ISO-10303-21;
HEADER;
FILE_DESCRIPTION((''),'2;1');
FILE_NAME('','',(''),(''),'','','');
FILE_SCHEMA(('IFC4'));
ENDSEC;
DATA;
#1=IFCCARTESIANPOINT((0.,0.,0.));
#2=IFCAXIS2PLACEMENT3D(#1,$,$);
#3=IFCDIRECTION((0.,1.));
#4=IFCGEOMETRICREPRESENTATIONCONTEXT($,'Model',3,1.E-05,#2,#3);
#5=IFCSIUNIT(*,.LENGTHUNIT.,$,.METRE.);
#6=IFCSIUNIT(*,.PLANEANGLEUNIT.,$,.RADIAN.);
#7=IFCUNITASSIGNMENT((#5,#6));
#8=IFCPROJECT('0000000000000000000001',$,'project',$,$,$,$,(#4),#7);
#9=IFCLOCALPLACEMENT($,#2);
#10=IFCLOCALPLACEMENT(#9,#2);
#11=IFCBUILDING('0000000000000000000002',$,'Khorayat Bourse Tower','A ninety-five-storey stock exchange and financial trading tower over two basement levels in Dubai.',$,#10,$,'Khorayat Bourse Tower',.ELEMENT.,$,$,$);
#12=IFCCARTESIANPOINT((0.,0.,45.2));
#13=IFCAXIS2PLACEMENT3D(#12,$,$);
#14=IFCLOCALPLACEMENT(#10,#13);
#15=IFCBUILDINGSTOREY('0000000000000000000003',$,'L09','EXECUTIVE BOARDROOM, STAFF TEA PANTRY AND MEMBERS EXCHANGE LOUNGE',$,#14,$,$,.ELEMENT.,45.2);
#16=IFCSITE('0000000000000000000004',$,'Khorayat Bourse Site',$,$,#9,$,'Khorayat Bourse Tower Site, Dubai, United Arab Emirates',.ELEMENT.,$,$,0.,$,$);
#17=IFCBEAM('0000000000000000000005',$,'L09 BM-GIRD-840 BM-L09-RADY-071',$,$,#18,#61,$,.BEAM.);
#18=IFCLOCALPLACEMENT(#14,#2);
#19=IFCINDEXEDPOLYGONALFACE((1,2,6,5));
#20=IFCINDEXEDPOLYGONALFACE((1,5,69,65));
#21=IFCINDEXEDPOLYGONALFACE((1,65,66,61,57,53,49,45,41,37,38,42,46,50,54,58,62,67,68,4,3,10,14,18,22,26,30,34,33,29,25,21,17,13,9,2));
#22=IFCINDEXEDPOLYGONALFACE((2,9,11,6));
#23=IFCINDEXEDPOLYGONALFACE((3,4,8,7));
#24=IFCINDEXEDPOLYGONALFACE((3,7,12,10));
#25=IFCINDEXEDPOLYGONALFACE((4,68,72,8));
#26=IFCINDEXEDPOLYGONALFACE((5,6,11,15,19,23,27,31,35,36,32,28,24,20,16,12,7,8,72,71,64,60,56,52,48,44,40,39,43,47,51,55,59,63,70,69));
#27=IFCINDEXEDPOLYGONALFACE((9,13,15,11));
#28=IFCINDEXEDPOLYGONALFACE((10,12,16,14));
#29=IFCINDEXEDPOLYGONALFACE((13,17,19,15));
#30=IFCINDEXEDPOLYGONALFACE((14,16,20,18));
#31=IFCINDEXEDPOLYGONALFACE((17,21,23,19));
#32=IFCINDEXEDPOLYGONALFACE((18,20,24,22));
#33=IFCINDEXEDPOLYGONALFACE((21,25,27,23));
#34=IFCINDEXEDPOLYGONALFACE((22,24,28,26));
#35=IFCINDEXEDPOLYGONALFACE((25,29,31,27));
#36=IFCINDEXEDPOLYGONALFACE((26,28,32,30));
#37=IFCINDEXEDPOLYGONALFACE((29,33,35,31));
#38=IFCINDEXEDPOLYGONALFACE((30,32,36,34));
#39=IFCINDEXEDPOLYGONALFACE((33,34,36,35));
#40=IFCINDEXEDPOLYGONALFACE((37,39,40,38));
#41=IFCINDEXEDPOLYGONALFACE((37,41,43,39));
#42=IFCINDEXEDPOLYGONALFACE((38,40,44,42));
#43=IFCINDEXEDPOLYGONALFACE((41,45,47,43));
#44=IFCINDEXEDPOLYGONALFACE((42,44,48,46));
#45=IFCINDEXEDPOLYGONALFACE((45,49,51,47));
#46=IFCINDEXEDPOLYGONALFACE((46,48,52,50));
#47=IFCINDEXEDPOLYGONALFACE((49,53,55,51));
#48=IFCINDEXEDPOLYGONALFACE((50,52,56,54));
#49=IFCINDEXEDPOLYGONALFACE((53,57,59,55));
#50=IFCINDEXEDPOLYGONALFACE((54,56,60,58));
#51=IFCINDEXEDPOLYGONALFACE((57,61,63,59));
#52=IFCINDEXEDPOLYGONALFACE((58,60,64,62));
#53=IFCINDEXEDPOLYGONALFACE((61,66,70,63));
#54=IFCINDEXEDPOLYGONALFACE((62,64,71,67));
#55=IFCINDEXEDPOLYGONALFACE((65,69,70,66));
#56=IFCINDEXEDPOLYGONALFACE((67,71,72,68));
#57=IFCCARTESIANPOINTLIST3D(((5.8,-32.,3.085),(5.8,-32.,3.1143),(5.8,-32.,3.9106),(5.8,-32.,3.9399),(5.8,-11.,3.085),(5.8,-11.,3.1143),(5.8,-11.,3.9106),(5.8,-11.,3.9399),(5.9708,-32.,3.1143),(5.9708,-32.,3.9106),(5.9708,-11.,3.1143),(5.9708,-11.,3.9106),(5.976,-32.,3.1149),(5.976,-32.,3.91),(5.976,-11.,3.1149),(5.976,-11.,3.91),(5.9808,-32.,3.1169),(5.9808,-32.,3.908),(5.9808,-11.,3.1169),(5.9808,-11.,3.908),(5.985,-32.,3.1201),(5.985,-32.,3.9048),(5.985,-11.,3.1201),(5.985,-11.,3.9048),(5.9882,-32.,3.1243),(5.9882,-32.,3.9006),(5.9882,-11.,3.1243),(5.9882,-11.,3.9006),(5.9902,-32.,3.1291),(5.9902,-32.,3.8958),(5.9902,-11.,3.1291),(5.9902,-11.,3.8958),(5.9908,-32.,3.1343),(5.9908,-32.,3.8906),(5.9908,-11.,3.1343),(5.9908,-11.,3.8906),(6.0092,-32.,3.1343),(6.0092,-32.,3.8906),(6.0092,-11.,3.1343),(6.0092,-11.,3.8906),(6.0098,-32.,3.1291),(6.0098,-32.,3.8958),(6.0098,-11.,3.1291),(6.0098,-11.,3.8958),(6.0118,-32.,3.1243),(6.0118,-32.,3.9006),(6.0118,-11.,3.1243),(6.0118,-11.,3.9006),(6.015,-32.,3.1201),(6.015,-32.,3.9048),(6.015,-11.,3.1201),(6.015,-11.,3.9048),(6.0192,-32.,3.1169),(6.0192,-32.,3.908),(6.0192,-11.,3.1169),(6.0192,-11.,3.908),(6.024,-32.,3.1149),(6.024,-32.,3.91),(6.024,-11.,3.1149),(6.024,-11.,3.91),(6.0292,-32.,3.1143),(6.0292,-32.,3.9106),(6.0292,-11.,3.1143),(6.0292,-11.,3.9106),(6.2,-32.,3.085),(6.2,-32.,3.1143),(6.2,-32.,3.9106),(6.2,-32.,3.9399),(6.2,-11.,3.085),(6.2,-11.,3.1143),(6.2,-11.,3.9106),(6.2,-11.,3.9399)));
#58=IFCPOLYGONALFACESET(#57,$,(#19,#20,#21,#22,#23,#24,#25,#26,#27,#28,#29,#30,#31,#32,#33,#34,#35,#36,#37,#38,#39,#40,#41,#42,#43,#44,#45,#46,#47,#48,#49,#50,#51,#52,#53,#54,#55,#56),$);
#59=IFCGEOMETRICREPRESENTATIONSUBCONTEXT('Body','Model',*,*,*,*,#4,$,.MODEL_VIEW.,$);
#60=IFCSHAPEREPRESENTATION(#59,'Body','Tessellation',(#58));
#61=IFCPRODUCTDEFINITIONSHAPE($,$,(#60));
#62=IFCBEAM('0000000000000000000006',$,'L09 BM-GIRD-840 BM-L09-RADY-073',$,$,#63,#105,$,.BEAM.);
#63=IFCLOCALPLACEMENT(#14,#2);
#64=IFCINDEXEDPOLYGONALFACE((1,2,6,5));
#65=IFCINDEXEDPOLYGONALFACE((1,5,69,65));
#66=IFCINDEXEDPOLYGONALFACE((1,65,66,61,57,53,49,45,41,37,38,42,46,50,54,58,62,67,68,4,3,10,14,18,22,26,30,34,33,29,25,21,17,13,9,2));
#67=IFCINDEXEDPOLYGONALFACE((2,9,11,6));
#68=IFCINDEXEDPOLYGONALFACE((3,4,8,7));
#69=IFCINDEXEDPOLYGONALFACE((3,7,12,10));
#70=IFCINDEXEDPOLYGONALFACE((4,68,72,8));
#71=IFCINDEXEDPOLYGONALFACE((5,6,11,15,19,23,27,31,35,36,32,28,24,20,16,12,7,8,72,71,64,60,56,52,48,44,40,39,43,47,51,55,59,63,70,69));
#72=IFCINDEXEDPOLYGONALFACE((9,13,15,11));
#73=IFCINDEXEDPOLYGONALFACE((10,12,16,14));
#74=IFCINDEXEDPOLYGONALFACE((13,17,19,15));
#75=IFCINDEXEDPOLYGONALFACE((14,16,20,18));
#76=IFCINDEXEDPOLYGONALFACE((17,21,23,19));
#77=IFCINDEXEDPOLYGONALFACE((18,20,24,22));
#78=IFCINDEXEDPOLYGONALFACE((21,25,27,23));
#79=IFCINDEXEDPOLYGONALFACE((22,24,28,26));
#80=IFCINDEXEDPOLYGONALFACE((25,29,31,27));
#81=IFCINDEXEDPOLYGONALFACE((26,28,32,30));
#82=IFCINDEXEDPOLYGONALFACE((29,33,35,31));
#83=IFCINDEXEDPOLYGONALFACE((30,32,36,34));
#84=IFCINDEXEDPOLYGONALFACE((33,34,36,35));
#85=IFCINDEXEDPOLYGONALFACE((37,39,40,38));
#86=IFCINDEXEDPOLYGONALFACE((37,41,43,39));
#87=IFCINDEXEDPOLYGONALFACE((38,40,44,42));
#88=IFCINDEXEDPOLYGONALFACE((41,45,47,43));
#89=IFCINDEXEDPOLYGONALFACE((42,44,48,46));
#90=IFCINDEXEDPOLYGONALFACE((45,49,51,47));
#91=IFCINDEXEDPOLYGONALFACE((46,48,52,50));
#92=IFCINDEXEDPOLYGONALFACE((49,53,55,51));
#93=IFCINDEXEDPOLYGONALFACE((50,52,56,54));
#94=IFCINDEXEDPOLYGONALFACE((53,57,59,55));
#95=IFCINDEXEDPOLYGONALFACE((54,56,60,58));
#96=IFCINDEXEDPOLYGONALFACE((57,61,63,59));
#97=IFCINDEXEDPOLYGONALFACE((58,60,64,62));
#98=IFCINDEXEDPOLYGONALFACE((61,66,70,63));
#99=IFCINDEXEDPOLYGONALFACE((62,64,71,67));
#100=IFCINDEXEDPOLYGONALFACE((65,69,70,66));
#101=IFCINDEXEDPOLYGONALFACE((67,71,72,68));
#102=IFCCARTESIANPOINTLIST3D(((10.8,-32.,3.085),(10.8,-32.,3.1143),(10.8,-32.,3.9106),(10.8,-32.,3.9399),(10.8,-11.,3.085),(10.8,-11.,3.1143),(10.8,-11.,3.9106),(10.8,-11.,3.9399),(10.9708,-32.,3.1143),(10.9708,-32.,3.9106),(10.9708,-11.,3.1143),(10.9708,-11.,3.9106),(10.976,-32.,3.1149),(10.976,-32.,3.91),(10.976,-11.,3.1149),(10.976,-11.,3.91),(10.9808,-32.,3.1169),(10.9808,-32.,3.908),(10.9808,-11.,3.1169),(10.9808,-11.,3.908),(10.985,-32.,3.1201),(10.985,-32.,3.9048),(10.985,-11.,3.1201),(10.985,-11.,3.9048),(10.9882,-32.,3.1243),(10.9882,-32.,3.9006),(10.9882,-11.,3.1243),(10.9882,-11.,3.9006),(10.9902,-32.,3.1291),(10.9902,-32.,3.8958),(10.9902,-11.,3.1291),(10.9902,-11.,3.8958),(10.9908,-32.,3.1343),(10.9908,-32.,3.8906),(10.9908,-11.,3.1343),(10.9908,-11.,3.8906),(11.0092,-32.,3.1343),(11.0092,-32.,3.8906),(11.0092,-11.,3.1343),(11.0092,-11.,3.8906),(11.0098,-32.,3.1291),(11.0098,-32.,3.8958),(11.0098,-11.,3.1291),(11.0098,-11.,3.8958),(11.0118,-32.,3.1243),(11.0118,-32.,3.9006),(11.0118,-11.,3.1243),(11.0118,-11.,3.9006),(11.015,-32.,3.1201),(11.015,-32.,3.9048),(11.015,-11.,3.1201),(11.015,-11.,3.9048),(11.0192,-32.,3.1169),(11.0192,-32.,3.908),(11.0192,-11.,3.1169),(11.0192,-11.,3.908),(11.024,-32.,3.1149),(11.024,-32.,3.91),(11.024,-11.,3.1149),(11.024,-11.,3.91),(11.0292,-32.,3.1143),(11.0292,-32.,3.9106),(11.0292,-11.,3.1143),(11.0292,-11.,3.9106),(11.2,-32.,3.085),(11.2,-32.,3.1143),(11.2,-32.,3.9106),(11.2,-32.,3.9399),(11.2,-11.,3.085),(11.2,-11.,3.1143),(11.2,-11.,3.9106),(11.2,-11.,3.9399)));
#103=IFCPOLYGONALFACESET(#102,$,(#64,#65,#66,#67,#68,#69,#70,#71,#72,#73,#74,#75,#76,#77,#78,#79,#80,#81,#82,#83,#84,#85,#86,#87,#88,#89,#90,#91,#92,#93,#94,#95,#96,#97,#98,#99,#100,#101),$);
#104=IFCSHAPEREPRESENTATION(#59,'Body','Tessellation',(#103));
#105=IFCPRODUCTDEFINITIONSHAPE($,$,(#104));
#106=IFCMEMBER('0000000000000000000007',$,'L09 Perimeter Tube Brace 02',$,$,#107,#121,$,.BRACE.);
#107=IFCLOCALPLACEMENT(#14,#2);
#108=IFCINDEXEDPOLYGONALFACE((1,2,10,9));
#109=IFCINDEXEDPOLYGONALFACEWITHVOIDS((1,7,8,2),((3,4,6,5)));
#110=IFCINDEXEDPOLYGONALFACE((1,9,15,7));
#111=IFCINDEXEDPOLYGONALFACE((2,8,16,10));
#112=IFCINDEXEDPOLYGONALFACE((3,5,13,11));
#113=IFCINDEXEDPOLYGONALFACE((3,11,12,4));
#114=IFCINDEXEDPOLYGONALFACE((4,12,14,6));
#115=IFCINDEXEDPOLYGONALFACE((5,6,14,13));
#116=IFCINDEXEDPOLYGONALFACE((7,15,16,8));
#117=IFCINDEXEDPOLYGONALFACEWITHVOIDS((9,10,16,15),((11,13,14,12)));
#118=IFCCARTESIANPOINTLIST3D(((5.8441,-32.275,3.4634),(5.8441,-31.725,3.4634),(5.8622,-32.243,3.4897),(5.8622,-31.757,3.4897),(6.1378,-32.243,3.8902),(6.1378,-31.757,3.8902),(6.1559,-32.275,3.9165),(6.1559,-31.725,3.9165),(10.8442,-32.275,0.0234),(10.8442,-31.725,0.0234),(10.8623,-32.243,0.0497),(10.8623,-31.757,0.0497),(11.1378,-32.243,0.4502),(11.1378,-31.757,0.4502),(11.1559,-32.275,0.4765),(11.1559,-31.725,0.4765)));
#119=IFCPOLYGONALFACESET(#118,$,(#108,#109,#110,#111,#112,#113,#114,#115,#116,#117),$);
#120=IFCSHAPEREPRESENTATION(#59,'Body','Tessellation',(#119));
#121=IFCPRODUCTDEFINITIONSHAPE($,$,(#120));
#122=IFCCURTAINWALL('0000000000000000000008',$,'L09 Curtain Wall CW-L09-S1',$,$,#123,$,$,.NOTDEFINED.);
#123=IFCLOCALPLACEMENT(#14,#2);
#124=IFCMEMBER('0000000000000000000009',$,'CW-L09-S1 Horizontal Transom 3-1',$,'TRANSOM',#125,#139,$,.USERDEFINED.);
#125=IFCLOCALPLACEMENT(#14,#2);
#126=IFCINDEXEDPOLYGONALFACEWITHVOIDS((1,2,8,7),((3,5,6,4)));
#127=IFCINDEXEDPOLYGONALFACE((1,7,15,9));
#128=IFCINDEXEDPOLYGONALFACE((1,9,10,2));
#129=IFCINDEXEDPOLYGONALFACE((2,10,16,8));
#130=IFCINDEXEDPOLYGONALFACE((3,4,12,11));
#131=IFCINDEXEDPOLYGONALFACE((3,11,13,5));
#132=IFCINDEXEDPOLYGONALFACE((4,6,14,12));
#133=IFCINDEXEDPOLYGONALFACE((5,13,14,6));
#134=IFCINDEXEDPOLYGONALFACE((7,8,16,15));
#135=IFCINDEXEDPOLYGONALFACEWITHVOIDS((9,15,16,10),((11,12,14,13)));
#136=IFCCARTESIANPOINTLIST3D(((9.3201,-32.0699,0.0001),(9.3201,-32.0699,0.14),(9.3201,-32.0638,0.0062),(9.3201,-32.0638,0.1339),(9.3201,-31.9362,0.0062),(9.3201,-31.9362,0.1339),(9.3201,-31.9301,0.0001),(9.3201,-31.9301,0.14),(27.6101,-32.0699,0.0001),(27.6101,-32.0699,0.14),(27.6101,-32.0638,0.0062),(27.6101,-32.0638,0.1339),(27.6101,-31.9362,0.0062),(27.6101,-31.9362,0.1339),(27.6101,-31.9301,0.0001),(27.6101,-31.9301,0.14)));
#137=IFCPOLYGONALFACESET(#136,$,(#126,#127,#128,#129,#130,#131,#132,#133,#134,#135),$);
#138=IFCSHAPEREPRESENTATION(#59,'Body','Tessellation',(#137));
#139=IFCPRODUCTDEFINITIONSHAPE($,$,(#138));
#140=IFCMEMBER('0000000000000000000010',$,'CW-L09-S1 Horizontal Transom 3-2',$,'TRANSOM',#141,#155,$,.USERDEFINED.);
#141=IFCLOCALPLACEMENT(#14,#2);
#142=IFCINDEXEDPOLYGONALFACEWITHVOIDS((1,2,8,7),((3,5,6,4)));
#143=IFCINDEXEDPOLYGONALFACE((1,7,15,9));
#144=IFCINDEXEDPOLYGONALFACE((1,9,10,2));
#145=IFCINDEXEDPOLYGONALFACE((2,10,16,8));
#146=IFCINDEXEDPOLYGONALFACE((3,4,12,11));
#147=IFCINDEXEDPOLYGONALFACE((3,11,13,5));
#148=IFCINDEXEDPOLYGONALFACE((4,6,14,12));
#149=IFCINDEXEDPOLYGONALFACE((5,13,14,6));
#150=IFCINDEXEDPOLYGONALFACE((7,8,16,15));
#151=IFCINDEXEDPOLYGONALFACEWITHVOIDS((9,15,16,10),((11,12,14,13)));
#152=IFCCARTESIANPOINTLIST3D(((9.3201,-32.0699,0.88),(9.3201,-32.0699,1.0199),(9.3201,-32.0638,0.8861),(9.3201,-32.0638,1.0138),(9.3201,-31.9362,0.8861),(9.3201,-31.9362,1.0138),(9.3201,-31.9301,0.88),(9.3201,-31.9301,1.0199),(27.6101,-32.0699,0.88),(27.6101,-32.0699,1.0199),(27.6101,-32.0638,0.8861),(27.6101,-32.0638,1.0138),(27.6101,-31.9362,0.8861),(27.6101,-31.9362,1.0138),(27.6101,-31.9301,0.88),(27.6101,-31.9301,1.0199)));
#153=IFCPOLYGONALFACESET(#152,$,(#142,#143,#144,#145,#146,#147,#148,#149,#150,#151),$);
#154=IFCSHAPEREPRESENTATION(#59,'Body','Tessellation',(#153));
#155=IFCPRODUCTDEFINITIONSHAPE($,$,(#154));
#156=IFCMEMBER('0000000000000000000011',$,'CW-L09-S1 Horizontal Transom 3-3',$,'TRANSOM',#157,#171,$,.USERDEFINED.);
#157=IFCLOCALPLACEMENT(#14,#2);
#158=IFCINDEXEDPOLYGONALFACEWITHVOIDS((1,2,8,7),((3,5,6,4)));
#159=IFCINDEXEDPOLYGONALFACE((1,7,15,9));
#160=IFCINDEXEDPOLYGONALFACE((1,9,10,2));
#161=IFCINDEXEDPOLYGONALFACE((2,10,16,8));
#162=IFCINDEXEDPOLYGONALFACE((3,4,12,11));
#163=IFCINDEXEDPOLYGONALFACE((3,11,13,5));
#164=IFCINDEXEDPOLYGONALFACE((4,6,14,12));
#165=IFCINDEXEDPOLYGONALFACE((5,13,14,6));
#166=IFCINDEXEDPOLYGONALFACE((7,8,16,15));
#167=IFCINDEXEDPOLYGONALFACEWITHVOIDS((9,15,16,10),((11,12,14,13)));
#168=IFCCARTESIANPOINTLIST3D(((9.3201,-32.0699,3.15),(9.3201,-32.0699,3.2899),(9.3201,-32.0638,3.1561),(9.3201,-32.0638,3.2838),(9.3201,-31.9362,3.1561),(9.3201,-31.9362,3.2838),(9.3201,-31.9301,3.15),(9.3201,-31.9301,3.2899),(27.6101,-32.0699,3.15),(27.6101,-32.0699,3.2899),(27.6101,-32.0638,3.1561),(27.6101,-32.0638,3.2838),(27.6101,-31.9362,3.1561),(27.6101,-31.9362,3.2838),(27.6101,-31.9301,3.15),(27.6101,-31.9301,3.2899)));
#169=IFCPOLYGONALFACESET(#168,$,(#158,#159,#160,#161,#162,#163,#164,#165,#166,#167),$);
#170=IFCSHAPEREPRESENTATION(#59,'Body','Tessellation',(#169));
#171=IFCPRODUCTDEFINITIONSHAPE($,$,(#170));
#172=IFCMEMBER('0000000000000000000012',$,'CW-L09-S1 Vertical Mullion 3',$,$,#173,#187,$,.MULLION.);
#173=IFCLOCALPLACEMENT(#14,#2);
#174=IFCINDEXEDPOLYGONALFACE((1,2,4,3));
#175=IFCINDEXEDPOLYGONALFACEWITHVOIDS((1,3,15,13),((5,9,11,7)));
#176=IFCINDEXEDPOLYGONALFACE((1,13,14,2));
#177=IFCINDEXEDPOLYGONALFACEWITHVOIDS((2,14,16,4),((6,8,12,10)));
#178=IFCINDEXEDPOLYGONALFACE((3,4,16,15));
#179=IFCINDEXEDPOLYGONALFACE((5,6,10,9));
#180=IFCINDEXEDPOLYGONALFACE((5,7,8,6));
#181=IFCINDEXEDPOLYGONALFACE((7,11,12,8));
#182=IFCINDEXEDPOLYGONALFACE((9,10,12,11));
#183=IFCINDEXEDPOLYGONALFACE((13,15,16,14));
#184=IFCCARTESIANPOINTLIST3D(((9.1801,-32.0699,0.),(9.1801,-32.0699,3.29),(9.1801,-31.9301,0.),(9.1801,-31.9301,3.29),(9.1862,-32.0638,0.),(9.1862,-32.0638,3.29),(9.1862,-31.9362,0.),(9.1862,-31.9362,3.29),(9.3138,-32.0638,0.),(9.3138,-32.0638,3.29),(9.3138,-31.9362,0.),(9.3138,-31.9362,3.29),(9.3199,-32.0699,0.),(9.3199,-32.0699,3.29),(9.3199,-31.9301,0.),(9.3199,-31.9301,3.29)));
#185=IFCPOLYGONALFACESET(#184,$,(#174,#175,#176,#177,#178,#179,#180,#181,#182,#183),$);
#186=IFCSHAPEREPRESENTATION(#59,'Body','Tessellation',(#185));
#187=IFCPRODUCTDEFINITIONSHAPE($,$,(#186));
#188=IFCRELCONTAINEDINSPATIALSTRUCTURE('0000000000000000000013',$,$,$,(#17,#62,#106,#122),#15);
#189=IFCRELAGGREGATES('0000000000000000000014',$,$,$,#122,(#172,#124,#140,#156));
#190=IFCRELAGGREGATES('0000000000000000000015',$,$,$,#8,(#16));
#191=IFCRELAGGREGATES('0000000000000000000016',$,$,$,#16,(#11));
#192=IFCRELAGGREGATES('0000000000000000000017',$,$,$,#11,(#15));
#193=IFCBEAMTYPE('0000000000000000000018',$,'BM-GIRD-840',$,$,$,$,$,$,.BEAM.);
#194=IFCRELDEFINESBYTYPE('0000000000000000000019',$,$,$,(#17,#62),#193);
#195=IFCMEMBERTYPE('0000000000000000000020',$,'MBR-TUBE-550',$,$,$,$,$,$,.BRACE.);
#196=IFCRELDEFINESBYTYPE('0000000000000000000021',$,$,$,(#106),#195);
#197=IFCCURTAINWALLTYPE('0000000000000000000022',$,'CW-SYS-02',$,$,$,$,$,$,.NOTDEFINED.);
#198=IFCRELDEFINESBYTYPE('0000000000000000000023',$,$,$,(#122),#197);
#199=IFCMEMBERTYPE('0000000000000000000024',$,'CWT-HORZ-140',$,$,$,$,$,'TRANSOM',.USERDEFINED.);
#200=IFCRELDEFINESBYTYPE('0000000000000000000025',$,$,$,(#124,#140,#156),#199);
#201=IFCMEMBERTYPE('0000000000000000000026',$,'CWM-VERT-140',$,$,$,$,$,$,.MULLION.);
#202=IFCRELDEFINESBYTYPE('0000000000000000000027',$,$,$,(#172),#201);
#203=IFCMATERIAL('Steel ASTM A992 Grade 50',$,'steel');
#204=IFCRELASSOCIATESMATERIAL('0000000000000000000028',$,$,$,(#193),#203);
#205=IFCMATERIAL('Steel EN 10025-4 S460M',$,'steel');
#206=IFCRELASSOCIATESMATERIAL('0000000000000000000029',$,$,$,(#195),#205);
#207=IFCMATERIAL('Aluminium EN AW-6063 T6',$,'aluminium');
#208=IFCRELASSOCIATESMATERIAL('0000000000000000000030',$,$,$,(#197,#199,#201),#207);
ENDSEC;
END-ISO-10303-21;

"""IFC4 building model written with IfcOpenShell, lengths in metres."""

from ifc_helpers import new_model, si_unit, direction, frame, origin, origin_2d, place, context, subcontext, project, spatial, hollow_rectangle, i_section, extrude, source, transform, mapped, material, material_profile, profile_set, type_object, element, aggregate, save


model = new_model("IFC4")

# Units and contexts
model_context = context("Model", 3, precision=1e-05, world=origin(), true_north=direction((0.0, 1.0)))
body_context = subcontext(model_context, "Body", "Model", "MODEL_VIEW")
ifc_project = project(units=[si_unit("LENGTHUNIT", "METRE"), si_unit("PLANEANGLEUNIT", "RADIAN")], contexts=[model_context])

# Site, building, storey
site_placement = place(None, origin())
site = spatial("IfcSite", under=ifc_project, at=site_placement, Name="Khorayat Bourse Site", LongName="Khorayat Bourse Tower Site, Dubai, United Arab Emirates", CompositionType="ELEMENT", RefElevation=0.0)
building_placement = place(site_placement, origin())
building = spatial("IfcBuilding", under=site, at=building_placement, Name="Khorayat Bourse Tower", Description="A ninety-five-storey stock exchange and financial trading tower over two basement levels in Dubai.", LongName="Khorayat Bourse Tower", CompositionType="ELEMENT")
storey_placement = place(building_placement, frame((0.0, 0.0, 45.2)))
storey = spatial("IfcBuildingStorey", under=building, at=storey_placement, Name="L09", Description="EXECUTIVE BOARDROOM, STAFF TEA PANTRY AND MEMBERS EXCHANGE LOUNGE", CompositionType="ELEMENT", Elevation=45.2)

# Shared definitions
ifc_material_1 = material(Name="Steel EN 10025-4 S460M", Category="steel")

# Beams
ifc_material_2 = material(Name="Steel ASTM A992 Grade 50", Category="steel")
ifc_material_profile_1 = material_profile(ifc_material_2, i_section(OverallWidth=0.3999, OverallDepth=0.855, WebThickness=0.0183, FlangeThickness=0.0293, FilletRadius=0.02, at=origin_2d()), Name="W840X299")
ifc_profile_set_1 = profile_set([ifc_material_profile_1], Name="Steel ASTM A992 Grade 50")
beam_type_1 = type_object("IfcBeamType", Name="BM-GIRD-840", PredefinedType="BEAM", material=ifc_profile_set_1)
shared_shape_1 = source(origin(), body_context, "Body", "SweptSolid", [
    extrude(i_section(OverallWidth=0.3999, OverallDepth=0.855, WebThickness=0.0183, FlangeThickness=0.0293, FilletRadius=0.02, at=origin_2d()), origin(), (0.0, 0.0, 1.0), 21.0),
])
for number, where, z_axis, x_axis, name in (
    (1, (6.0, -32.0, 3.5125), (0.0, 1.0, 0.0), (-1.0, 0.0, 0.0), "L09 BM-GIRD-840 BM-L09-RADY-071"),
    (2, (11.0, -32.0, 3.5125), (0.0, 1.0, 0.0), (-1.0, 0.0, 0.0), "L09 BM-GIRD-840 BM-L09-RADY-073"),
):
    element("IfcBeam", number, at=place(storey_placement, frame(where, z_axis=z_axis, x_axis=x_axis)), inside=storey, type_object=beam_type_1, Name=name, PredefinedType="BEAM", context=body_context, shape_type="MappedRepresentation", body=[
        mapped(shared_shape_1, transform((0.0, 0.0, 0.0), scale=1.0)),
    ])

# Member
ifc_material_profile_2 = material_profile(ifc_material_1, hollow_rectangle(XDim=0.55, YDim=0.55, WallThickness=0.032, at=origin_2d()), Name="HSS 550x550x32")
ifc_profile_set_2 = profile_set([ifc_material_profile_2], Name="Steel EN 10025-4 S460M")
member_type_1 = type_object("IfcMemberType", Name="MBR-TUBE-550", PredefinedType="BRACE", material=ifc_profile_set_2)
shared_shape_2 = source(origin(), body_context, "Body", "SweptSolid", [
    extrude(hollow_rectangle(XDim=0.55, YDim=0.55, WallThickness=0.032, at=origin_2d()), origin(), (0.0, 0.0, 1.0), 6.0691),
])
member_1_placement = place(storey_placement, frame((6.0, -32.0, 3.6899), z_axis=(0.823854, 0.0, -0.566802), x_axis=(0.0, 1.0, 0.0)))
element("IfcMember", 3, at=member_1_placement, inside=storey, type_object=member_type_1, Name="L09 Perimeter Tube Brace 02", PredefinedType="BRACE", context=body_context, shape_type="MappedRepresentation", body=[
    mapped(shared_shape_2, transform((0.0, 0.0, 0.0), scale=1.0)),
])

# Curtain wall, members
ifc_material_3 = material(Name="Aluminium EN AW-6063 T6", Category="aluminium")
curtain_wall_type = type_object("IfcCurtainWallType", Name="CW-SYS-02", PredefinedType="NOTDEFINED", material=ifc_material_3)
curtain_wall_placement = place(storey_placement, origin())
curtain_wall = element("IfcCurtainWall", 4, at=curtain_wall_placement, inside=storey, type_object=curtain_wall_type, Name="L09 Curtain Wall CW-L09-S1", PredefinedType="NOTDEFINED")
ifc_material_profile_3 = material_profile(ifc_material_3, hollow_rectangle(XDim=0.1399, YDim=0.1399, WallThickness=0.0061, at=origin_2d()), Name="ALU 140x140x6")
ifc_profile_set_3 = profile_set([ifc_material_profile_3], Name="Aluminium EN AW-6063 T6")
member_type_2 = type_object("IfcMemberType", Name="CWT-HORZ-140", ElementType="TRANSOM", PredefinedType="USERDEFINED", material=ifc_profile_set_3)
shared_shape_3 = source(origin(), body_context, "Body", "SweptSolid", [
    extrude(hollow_rectangle(XDim=0.1399, YDim=0.1399, WallThickness=0.0061, at=origin_2d()), origin(), (0.0, 0.0, 1.0), 18.29),
])
member_2_placement = place(storey_placement, frame((9.3201, -32.0, 0.0701), z_axis=(1.0, 0.0, 0.0), x_axis=(0.0, 1.0, 0.0)))
member_2 = element("IfcMember", 5, at=member_2_placement, type_object=member_type_2, Name="CW-L09-S1 Horizontal Transom 3-1", ObjectType="TRANSOM", PredefinedType="USERDEFINED", context=body_context, shape_type="MappedRepresentation", body=[
    mapped(shared_shape_3, transform((0.0, 0.0, 0.0), scale=1.0)),
])
member_3_placement = place(storey_placement, frame((9.3201, -32.0, 0.95), z_axis=(1.0, 0.0, 0.0), x_axis=(0.0, 1.0, 0.0)))
member_3 = element("IfcMember", 6, at=member_3_placement, type_object=member_type_2, Name="CW-L09-S1 Horizontal Transom 3-2", ObjectType="TRANSOM", PredefinedType="USERDEFINED", context=body_context, shape_type="MappedRepresentation", body=[
    mapped(shared_shape_3, transform((0.0, 0.0, 0.0), scale=1.0)),
])
member_4_placement = place(storey_placement, frame((9.3201, -32.0, 3.22), z_axis=(1.0, 0.0, 0.0), x_axis=(0.0, 1.0, 0.0)))
member_4 = element("IfcMember", 7, at=member_4_placement, type_object=member_type_2, Name="CW-L09-S1 Horizontal Transom 3-3", ObjectType="TRANSOM", PredefinedType="USERDEFINED", context=body_context, shape_type="MappedRepresentation", body=[
    mapped(shared_shape_3, transform((0.0, 0.0, 0.0), scale=1.0)),
])
ifc_material_profile_4 = material_profile(ifc_material_3, hollow_rectangle(XDim=0.1399, YDim=0.1399, WallThickness=0.0061, at=origin_2d()), Name="ALU 140x140x6")
ifc_profile_set_4 = profile_set([ifc_material_profile_4], Name="Aluminium EN AW-6063 T6")
member_type_3 = type_object("IfcMemberType", Name="CWM-VERT-140", PredefinedType="MULLION", material=ifc_profile_set_4)
shared_shape_4 = source(origin(), body_context, "Body", "SweptSolid", [
    extrude(hollow_rectangle(XDim=0.1399, YDim=0.1399, WallThickness=0.0061, at=origin_2d()), origin(), (0.0, 0.0, 1.0), 3.29),
])
member_5_placement = place(storey_placement, frame((9.25, -32.0, 0.0), z_axis=(0.0, 0.0, 1.0), x_axis=(0.0, 1.0, 0.0)))
member_5 = element("IfcMember", 8, at=member_5_placement, type_object=member_type_3, Name="CW-L09-S1 Vertical Mullion 3", PredefinedType="MULLION", context=body_context, shape_type="MappedRepresentation", body=[
    mapped(shared_shape_4, transform((0.0, 0.0, 0.0), scale=1.0)),
])

aggregate(curtain_wall, [member_5, member_2, member_3, member_4])

save(model, "model.ifc")
